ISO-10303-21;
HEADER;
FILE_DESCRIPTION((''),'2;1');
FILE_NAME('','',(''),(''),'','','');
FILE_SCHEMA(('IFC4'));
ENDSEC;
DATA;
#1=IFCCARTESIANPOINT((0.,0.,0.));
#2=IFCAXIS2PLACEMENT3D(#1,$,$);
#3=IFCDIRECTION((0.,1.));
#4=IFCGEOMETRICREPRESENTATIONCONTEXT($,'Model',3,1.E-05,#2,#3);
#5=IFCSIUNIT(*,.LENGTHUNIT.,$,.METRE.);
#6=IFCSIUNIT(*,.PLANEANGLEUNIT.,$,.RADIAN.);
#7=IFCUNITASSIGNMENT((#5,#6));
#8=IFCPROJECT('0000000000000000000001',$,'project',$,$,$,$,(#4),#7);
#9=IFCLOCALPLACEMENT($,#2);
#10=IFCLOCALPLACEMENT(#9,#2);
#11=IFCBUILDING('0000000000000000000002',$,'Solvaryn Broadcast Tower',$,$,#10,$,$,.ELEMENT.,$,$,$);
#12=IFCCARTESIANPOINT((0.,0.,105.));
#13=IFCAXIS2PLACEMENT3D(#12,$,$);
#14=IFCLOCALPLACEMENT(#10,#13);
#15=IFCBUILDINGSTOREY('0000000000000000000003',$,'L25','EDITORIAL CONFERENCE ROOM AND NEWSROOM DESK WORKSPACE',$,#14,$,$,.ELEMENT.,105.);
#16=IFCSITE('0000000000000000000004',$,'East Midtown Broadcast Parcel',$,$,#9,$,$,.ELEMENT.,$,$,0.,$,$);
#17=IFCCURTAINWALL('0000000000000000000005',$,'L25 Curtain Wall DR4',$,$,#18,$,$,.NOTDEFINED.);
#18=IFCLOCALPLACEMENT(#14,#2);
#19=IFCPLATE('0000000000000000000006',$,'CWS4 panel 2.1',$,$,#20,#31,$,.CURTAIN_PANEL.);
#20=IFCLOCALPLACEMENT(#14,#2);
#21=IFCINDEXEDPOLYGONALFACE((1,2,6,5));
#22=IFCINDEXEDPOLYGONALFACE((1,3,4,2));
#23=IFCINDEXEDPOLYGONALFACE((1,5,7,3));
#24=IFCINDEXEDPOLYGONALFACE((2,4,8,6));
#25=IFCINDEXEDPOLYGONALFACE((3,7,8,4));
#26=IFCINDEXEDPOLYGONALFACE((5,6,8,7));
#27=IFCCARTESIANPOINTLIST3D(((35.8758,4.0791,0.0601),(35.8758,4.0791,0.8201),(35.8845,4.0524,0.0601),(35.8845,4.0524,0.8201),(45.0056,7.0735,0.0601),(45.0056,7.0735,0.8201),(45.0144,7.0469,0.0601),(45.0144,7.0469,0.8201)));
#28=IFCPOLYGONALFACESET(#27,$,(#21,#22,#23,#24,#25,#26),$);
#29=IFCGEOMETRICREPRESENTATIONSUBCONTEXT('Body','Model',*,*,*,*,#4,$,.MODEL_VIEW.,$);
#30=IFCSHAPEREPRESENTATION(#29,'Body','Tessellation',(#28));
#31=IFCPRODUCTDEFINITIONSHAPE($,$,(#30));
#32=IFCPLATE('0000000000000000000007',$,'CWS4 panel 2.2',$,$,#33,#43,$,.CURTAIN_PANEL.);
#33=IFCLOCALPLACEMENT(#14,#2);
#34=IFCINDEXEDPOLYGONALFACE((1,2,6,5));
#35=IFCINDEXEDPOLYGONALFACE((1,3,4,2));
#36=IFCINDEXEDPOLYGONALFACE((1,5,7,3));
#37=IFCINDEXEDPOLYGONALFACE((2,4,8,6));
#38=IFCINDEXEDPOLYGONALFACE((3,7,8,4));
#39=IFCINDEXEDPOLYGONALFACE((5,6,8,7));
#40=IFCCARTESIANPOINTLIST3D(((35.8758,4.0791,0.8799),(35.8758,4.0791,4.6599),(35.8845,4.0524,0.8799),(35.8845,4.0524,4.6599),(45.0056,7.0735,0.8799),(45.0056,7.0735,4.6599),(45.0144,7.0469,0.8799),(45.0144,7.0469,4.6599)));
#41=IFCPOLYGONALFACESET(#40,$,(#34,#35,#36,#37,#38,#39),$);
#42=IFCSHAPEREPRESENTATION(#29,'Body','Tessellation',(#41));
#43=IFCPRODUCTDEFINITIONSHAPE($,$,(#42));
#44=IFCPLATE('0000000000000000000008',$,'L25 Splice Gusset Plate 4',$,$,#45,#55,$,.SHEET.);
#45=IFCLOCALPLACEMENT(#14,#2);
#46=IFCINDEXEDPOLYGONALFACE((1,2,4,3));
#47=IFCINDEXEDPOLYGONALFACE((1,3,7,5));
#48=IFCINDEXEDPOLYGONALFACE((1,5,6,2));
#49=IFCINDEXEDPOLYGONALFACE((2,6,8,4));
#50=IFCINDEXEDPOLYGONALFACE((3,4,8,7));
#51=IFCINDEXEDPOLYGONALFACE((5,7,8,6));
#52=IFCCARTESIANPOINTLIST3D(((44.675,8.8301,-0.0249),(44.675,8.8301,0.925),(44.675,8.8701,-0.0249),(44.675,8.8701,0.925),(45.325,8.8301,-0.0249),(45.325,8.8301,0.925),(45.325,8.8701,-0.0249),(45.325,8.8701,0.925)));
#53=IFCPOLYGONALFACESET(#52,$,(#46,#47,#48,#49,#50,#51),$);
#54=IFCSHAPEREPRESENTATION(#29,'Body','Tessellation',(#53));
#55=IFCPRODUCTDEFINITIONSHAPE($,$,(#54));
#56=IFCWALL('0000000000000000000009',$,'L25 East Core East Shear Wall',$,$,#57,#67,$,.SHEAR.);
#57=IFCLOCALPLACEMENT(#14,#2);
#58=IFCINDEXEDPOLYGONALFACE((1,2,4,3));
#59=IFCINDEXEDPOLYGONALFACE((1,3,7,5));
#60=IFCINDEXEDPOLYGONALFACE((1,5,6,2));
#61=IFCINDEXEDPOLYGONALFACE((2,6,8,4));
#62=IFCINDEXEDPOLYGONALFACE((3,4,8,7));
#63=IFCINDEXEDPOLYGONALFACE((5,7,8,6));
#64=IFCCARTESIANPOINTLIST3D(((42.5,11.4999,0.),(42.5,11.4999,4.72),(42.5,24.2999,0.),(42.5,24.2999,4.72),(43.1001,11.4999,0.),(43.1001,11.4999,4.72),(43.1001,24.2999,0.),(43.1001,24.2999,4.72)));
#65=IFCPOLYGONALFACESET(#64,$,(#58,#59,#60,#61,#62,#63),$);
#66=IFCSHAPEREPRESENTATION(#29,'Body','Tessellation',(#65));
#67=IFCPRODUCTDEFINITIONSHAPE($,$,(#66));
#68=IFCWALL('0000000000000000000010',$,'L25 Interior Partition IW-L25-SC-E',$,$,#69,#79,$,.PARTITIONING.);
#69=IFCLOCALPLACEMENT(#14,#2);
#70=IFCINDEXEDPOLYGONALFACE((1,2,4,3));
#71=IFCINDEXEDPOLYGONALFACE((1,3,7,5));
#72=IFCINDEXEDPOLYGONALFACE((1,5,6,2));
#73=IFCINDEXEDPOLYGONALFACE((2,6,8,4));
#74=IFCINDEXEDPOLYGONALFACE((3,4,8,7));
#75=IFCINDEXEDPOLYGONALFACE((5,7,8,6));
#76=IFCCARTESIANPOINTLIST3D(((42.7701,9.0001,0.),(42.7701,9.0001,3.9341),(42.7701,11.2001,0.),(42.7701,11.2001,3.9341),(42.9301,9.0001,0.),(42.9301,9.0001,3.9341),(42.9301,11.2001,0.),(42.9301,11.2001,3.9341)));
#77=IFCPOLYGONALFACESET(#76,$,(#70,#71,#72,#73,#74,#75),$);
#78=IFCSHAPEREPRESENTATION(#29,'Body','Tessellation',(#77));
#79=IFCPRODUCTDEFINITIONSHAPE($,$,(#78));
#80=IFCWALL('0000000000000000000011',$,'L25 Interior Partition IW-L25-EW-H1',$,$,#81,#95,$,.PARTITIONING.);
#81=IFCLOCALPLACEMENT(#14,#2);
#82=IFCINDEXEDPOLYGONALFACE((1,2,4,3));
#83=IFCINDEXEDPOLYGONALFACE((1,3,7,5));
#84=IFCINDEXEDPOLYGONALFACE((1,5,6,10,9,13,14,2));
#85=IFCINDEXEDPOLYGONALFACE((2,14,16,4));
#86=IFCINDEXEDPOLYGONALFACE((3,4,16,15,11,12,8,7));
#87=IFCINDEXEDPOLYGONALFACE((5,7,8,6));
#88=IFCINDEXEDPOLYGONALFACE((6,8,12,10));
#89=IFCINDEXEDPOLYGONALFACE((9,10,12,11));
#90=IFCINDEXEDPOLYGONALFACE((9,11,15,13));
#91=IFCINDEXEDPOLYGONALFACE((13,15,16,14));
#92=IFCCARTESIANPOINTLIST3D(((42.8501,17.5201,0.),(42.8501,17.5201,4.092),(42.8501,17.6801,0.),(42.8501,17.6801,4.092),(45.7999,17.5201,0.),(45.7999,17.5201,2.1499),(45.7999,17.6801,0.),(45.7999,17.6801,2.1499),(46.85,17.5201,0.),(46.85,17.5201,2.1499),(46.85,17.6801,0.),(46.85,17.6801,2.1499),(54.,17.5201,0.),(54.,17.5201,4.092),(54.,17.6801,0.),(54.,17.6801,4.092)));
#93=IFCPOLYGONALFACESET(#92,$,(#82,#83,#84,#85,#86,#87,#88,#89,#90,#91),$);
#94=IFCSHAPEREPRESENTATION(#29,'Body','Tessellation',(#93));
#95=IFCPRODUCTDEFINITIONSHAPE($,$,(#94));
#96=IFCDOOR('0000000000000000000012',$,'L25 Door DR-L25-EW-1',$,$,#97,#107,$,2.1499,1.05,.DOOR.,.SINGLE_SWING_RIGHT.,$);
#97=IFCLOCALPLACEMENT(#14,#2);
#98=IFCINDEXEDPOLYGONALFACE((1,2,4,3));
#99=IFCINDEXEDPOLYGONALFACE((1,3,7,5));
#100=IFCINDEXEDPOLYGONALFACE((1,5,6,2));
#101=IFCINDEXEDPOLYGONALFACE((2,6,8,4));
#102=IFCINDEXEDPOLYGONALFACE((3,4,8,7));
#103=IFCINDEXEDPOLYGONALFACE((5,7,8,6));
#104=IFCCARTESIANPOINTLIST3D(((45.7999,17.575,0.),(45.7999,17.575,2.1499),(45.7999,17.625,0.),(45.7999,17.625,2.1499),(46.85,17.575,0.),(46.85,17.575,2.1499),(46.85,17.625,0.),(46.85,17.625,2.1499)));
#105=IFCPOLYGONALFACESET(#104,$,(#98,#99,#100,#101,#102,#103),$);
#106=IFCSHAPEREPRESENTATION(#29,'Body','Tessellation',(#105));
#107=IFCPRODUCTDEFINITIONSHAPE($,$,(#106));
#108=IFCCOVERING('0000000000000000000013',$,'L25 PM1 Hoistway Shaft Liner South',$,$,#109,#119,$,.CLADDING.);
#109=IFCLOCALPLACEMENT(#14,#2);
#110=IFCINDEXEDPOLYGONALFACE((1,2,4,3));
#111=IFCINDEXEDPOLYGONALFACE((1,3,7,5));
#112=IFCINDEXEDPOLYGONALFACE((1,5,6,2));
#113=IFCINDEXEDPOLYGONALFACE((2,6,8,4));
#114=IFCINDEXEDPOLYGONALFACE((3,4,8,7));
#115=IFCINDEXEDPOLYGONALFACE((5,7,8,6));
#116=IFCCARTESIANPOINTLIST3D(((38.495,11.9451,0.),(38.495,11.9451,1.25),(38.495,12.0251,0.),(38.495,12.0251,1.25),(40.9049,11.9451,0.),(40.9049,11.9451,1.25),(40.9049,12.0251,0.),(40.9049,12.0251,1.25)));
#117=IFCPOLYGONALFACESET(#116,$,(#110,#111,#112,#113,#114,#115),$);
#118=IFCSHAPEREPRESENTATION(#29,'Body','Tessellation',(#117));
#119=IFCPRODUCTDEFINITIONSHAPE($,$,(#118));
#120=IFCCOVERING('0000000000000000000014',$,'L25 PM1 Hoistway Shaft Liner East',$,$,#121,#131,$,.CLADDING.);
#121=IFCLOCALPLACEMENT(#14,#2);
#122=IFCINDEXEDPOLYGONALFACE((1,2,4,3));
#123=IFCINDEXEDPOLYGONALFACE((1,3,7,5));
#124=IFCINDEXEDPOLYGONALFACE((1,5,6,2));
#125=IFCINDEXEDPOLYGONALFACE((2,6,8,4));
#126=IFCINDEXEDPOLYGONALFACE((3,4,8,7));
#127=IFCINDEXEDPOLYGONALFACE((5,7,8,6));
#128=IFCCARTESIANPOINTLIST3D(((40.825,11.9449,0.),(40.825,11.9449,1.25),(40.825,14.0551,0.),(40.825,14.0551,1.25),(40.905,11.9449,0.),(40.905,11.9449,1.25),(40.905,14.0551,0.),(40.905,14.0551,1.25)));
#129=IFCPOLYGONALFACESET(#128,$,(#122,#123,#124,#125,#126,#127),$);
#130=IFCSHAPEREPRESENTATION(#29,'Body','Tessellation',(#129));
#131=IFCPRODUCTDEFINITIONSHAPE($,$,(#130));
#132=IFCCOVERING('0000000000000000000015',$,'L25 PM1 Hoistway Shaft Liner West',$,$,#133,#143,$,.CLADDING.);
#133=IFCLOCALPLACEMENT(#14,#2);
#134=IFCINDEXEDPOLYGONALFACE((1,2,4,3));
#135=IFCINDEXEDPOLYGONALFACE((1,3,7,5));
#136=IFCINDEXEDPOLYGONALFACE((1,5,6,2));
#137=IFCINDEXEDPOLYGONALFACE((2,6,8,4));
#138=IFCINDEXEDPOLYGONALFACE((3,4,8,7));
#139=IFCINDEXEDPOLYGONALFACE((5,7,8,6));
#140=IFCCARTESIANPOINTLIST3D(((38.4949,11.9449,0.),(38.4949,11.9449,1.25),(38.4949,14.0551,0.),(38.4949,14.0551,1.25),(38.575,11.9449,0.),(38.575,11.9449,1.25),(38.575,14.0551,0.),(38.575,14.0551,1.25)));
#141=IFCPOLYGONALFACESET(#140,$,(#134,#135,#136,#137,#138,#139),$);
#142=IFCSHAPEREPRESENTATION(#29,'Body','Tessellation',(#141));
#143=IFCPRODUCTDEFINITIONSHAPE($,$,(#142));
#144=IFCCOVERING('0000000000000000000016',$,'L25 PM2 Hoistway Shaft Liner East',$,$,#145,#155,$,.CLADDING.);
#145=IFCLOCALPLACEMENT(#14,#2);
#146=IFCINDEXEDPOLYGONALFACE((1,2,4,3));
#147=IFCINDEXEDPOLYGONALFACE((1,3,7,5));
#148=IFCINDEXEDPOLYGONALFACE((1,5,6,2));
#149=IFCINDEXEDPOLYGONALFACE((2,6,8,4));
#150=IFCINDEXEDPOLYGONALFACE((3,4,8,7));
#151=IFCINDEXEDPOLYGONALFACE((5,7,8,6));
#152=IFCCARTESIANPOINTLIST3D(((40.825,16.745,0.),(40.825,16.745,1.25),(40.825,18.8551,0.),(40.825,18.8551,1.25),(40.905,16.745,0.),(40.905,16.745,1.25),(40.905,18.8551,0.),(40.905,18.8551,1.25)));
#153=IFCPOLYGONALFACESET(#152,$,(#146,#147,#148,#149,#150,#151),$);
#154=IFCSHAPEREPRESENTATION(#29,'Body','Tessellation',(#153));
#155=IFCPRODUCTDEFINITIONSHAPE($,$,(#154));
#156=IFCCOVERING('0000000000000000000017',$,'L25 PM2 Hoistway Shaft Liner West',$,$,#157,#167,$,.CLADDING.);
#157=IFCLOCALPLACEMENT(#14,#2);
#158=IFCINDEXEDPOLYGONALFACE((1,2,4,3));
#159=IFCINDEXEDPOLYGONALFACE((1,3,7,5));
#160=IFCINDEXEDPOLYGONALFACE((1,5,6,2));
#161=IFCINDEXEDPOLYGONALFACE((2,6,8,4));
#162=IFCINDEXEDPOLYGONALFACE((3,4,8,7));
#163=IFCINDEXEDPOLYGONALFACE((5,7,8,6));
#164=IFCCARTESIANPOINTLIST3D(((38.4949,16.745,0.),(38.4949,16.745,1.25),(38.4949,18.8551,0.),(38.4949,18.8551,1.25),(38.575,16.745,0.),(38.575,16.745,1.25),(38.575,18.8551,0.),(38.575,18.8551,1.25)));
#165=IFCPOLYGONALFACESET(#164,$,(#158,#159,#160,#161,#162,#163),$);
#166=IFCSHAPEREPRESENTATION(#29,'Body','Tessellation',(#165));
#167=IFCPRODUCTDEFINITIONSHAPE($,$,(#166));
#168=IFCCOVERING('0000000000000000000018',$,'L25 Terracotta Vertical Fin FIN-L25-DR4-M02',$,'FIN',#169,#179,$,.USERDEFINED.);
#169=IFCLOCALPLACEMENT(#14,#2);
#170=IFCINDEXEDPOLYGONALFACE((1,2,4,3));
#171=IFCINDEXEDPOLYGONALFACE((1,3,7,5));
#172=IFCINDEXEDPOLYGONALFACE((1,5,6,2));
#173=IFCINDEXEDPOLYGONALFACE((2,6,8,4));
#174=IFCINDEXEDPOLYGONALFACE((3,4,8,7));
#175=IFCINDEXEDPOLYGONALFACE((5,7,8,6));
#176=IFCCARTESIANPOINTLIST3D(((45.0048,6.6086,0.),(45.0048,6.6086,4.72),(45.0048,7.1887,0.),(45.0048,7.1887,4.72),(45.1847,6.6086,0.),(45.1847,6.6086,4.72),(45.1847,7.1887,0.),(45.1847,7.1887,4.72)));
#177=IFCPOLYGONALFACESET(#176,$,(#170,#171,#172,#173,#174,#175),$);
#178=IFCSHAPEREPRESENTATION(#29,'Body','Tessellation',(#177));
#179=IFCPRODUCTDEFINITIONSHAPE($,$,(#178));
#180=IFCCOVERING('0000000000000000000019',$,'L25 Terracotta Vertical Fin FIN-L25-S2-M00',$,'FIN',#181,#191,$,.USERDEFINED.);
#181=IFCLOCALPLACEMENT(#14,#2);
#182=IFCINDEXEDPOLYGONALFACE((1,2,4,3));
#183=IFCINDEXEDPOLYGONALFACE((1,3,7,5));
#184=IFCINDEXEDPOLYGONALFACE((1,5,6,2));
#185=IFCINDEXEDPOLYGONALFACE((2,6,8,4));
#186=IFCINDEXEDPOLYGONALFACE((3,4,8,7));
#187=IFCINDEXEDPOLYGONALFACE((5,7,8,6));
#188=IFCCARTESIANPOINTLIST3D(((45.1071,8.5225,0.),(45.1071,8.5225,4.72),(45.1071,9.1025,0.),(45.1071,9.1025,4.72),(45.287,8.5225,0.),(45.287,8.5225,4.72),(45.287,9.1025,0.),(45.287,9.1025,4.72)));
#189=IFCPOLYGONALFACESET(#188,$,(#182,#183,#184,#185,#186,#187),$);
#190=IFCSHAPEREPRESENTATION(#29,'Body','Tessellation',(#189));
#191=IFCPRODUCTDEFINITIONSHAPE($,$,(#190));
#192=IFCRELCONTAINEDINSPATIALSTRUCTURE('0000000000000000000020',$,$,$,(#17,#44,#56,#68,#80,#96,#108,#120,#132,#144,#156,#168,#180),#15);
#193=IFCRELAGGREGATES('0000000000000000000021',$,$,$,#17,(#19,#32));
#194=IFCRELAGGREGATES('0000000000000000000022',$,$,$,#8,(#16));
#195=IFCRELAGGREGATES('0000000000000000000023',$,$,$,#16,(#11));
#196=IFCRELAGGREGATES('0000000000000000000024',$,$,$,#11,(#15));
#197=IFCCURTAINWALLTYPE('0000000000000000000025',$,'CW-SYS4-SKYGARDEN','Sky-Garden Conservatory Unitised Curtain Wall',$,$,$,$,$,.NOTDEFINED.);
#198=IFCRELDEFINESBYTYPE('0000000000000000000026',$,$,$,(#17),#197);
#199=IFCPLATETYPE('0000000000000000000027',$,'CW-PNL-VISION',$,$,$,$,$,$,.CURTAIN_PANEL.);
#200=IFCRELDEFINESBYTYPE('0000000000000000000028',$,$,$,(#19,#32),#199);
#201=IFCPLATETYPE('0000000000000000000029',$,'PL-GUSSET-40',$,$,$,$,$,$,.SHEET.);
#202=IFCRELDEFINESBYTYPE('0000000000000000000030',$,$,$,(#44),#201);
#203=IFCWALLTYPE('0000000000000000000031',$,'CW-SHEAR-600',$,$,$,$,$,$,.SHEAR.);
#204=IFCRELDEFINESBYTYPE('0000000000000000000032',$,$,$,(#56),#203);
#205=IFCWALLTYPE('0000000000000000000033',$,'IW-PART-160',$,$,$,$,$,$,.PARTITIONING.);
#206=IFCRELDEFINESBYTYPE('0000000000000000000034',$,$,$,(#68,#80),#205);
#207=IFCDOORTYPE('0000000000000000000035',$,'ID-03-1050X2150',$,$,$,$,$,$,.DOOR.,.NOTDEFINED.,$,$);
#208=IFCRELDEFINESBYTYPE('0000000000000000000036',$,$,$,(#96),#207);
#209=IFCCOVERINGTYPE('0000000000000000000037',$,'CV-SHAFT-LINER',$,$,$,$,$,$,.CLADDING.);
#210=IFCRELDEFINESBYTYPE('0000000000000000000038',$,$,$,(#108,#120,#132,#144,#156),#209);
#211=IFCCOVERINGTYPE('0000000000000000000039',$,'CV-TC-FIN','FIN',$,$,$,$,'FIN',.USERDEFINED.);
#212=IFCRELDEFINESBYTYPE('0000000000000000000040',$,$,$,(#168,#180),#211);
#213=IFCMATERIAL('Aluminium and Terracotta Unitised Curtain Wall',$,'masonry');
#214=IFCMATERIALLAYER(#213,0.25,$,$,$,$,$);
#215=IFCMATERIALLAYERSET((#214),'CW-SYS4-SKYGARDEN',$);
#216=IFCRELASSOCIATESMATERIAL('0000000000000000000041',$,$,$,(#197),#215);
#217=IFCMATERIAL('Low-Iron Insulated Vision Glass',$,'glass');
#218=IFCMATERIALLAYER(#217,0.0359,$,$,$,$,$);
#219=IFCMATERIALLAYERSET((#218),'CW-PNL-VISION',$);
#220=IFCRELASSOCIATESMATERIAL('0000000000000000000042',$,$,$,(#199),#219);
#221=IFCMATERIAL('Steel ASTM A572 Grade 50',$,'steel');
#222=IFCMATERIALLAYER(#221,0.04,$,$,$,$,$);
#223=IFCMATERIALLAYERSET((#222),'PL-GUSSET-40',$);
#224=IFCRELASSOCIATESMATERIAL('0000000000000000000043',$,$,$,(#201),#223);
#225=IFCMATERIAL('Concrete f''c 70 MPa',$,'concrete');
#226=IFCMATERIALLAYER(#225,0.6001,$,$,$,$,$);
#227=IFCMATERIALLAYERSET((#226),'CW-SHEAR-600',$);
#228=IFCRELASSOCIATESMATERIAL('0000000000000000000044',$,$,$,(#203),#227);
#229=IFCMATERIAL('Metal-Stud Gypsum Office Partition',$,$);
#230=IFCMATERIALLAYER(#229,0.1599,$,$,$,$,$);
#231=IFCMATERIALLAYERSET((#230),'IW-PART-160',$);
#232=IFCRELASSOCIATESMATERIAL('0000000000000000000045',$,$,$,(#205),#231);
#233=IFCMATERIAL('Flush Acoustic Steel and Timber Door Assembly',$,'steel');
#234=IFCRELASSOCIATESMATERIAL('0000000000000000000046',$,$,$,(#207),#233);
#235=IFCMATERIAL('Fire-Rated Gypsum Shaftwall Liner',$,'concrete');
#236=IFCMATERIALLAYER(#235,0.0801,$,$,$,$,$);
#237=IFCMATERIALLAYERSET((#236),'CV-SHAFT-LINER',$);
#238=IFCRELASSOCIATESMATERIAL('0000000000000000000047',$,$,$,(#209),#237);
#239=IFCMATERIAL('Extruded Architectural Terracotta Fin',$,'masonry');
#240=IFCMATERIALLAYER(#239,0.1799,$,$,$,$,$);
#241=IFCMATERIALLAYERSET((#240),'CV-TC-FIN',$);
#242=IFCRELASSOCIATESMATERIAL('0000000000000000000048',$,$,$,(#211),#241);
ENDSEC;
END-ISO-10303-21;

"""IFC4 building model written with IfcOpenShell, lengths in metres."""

from ifc_helpers import new_model, si_unit, direction, frame, frame_2d, origin, origin_2d, place, context, subcontext, project, spatial, rectangle, extrude, material, layer, layer_set, type_object, element, fill, aggregate, save


model = new_model("IFC4")

# Units and contexts
model_context = context("Model", 3, precision=1e-05, world=origin(), true_north=direction((0.0, 1.0)))
body_context = subcontext(model_context, "Body", "Model", "MODEL_VIEW")
ifc_project = project(units=[si_unit("LENGTHUNIT", "METRE"), si_unit("PLANEANGLEUNIT", "RADIAN")], contexts=[model_context])

# Site, building, storey
site_placement = place(None, origin())
site = spatial("IfcSite", under=ifc_project, at=site_placement, Name="East Midtown Broadcast Parcel", CompositionType="ELEMENT", RefElevation=0.0)
building_placement = place(site_placement, origin())
building = spatial("IfcBuilding", under=site, at=building_placement, Name="Solvaryn Broadcast Tower", CompositionType="ELEMENT")
storey_placement = place(building_placement, frame((0.0, 0.0, 105.0)))
storey = spatial("IfcBuildingStorey", under=building, at=storey_placement, Name="L25", Description="EDITORIAL CONFERENCE ROOM AND NEWSROOM DESK WORKSPACE", CompositionType="ELEMENT", Elevation=105.0)

# Curtain wall
ifc_material_1 = material(Name="Aluminium and Terracotta Unitised Curtain Wall", Category="masonry")
ifc_layer_1 = layer(ifc_material_1, 0.25)
ifc_layer_set_1 = layer_set([ifc_layer_1], Name="CW-SYS4-SKYGARDEN")
curtain_wall_type = type_object("IfcCurtainWallType", Name="CW-SYS4-SKYGARDEN", Description="Sky-Garden Conservatory Unitised Curtain Wall", PredefinedType="NOTDEFINED", material=ifc_layer_set_1)
curtain_wall_1_placement = place(storey_placement, origin())
curtain_wall_1 = element("IfcCurtainWall", 1, at=curtain_wall_1_placement, inside=storey, type_object=curtain_wall_type, Name="L25 Curtain Wall DR4", PredefinedType="NOTDEFINED")

# Plates
ifc_material_2 = material(Name="Low-Iron Insulated Vision Glass", Category="glass")
ifc_layer_2 = layer(ifc_material_2, 0.0359)
ifc_layer_set_2 = layer_set([ifc_layer_2], Name="CW-PNL-VISION")
plate_type_1 = type_object("IfcPlateType", Name="CW-PNL-VISION", PredefinedType="CURTAIN_PANEL", material=ifc_layer_set_2)
plate_1_placement = place(storey_placement, frame((40.4451, 5.563, 0.0601), z_axis=(0.0, 0.0, 1.0), x_axis=(0.950198, 0.311646, 0.0)))
plate_1 = element("IfcPlate", 2, at=plate_1_placement, type_object=plate_type_1, Name="CWS4 panel 2.1", PredefinedType="CURTAIN_PANEL", context=body_context, shape_type="SweptSolid", body=[
    extrude(rectangle(XDim=9.6084, YDim=0.0281, at=origin_2d()), origin(), (0.0, 0.0, 1.0), 0.76),
])
plate_2_placement = place(storey_placement, frame((40.4451, 5.563, 0.8799), z_axis=(0.0, 0.0, 1.0), x_axis=(0.950198, 0.311646, 0.0)))
plate_2 = element("IfcPlate", 3, at=plate_2_placement, type_object=plate_type_1, Name="CWS4 panel 2.2", PredefinedType="CURTAIN_PANEL", context=body_context, shape_type="SweptSolid", body=[
    extrude(rectangle(XDim=9.6084, YDim=0.0281, at=origin_2d()), origin(), (0.0, 0.0, 1.0), 3.78),
])
aggregate(curtain_wall_1, [plate_1, plate_2])
ifc_material_3 = material(Name="Steel ASTM A572 Grade 50", Category="steel")
ifc_layer_3 = layer(ifc_material_3, 0.04)
ifc_layer_set_3 = layer_set([ifc_layer_3], Name="PL-GUSSET-40")
plate_type_2 = type_object("IfcPlateType", Name="PL-GUSSET-40", PredefinedType="SHEET", material=ifc_layer_set_3)
plate_3_placement = place(storey_placement, frame((45.0, 8.8501, -0.0249), z_axis=(0.0, 0.0, 1.0), x_axis=(1.0, 0.0, 0.0)))
element("IfcPlate", 4, at=plate_3_placement, inside=storey, type_object=plate_type_2, Name="L25 Splice Gusset Plate 4", PredefinedType="SHEET", context=body_context, shape_type="SweptSolid", body=[
    extrude(rectangle(XDim=0.6499, YDim=0.04, at=origin_2d()), origin(), (0.0, 0.0, 1.0), 0.95),
])

# Walls
ifc_material_4 = material(Name="Concrete f'c 70 MPa", Category="concrete")
ifc_layer_4 = layer(ifc_material_4, 0.6001)
ifc_layer_set_4 = layer_set([ifc_layer_4], Name="CW-SHEAR-600")
wall_type_1 = type_object("IfcWallType", Name="CW-SHEAR-600", PredefinedType="SHEAR", material=ifc_layer_set_4)
wall_1_placement = place(storey_placement, frame((42.8, 11.5, 0.0), z_axis=(0.0, 0.0, 1.0), x_axis=(0.0, 1.0, 0.0)))
element("IfcWall", 5, at=wall_1_placement, inside=storey, type_object=wall_type_1, Name="L25 East Core East Shear Wall", PredefinedType="SHEAR", context=body_context, shape_type="SweptSolid", body=[
    extrude(rectangle(XDim=12.8, YDim=0.6001, at=frame_2d((6.3999, 0.0))), origin(), (0.0, 0.0, 1.0), 4.72),
])
ifc_material_5 = material(Name="Metal-Stud Gypsum Office Partition")
ifc_layer_5 = layer(ifc_material_5, 0.1599)
ifc_layer_set_5 = layer_set([ifc_layer_5], Name="IW-PART-160")
wall_type_2 = type_object("IfcWallType", Name="IW-PART-160", PredefinedType="PARTITIONING", material=ifc_layer_set_5)
wall_2_placement = place(storey_placement, frame((42.8501, 9.0, 0.0), z_axis=(0.0, 0.0, 1.0), x_axis=(0.0, 1.0, 0.0)))
element("IfcWall", 6, at=wall_2_placement, inside=storey, type_object=wall_type_2, Name="L25 Interior Partition IW-L25-SC-E", PredefinedType="PARTITIONING", context=body_context, shape_type="SweptSolid", body=[
    extrude(rectangle(XDim=2.2, YDim=0.1599, at=frame_2d((1.1001, 0.0))), origin(), (0.0, 0.0, 1.0), 3.9341),
])

# Wall, opening, door
wall_3_placement = place(storey_placement, frame((42.8501, 17.6001, 0.0), z_axis=(0.0, 0.0, 1.0), x_axis=(1.0, 0.0, 0.0)))
wall_3 = element("IfcWall", 7, at=wall_3_placement, inside=storey, type_object=wall_type_2, Name="L25 Interior Partition IW-L25-EW-H1", PredefinedType="PARTITIONING", context=body_context, shape_type="SweptSolid", body=[
    extrude(rectangle(XDim=11.1499, YDim=0.1599, at=frame_2d((5.575, 0.0))), origin(), (0.0, 0.0, 1.0), 4.092),
])
opening_1_placement = place(wall_3_placement, frame((2.95, 0.0, 0.0)))
opening_1 = element("IfcOpeningElement", 8, at=opening_1_placement, cuts=wall_3, PredefinedType="OPENING", context=body_context, shape_type="SweptSolid", body=[
    extrude(rectangle(XDim=1.05, YDim=2.1499, at=frame_2d((0.5249, 1.075))), frame((0.0, 0.0901, 0.0), z_axis=(0.0, -1.0, 0.0), x_axis=(1.0, 0.0, 0.0)), (0.0, 0.0, 1.0), 0.1799),
])
ifc_material_6 = material(Name="Flush Acoustic Steel and Timber Door Assembly", Category="steel")
door_type_1 = type_object("IfcDoorType", Name="ID-03-1050X2150", OperationType="NOTDEFINED", PredefinedType="DOOR", material=ifc_material_6)
door_1_placement = place(opening_1_placement, origin())
door_1 = element("IfcDoor", 9, at=door_1_placement, inside=storey, type_object=door_type_1, Name="L25 Door DR-L25-EW-1", OperationType="SINGLE_SWING_RIGHT", OverallHeight=2.1499, OverallWidth=1.05, PredefinedType="DOOR", context=body_context, shape_type="SweptSolid", body=[
    extrude(rectangle(XDim=1.05, YDim=2.1499, at=frame_2d((0.5249, 1.075))), frame((0.0, 0.0249, 0.0), z_axis=(0.0, -1.0, 0.0), x_axis=(1.0, 0.0, 0.0)), (0.0, 0.0, 1.0), 0.05),
])
fill(opening_1, door_1)

# Coverings
ifc_material_7 = material(Name="Fire-Rated Gypsum Shaftwall Liner", Category="concrete")
ifc_layer_6 = layer(ifc_material_7, 0.0801)
ifc_layer_set_6 = layer_set([ifc_layer_6], Name="CV-SHAFT-LINER")
covering_type_1 = type_object("IfcCoveringType", Name="CV-SHAFT-LINER", PredefinedType="CLADDING", material=ifc_layer_set_6)
covering_placement = place(storey_placement, frame((39.7, 11.9851, 0.0), z_axis=(0.0, 0.0, 1.0), x_axis=(1.0, 0.0, 0.0)))
element("IfcCovering", 10, at=covering_placement, inside=storey, type_object=covering_type_1, Name="L25 PM1 Hoistway Shaft Liner South", PredefinedType="CLADDING", context=body_context, shape_type="SweptSolid", body=[
    extrude(rectangle(XDim=2.4099, YDim=0.0801, at=origin_2d()), origin(), (0.0, 0.0, 1.0), 1.25),
])
for number, where, z_axis, x_axis, name in (
    (11, (40.865, 13.0, 0.0), (0.0, 0.0, 1.0), (1.0, 0.0, 0.0), "L25 PM1 Hoistway Shaft Liner East"),
    (12, (38.5349, 13.0, 0.0), (0.0, 0.0, 1.0), (1.0, 0.0, 0.0), "L25 PM1 Hoistway Shaft Liner West"),
    (13, (40.865, 17.8, 0.0), (0.0, 0.0, 1.0), (1.0, 0.0, 0.0), "L25 PM2 Hoistway Shaft Liner East"),
    (14, (38.5349, 17.8, 0.0), (0.0, 0.0, 1.0), (1.0, 0.0, 0.0), "L25 PM2 Hoistway Shaft Liner West"),
):
    element("IfcCovering", number, at=place(storey_placement, frame(where, z_axis=z_axis, x_axis=x_axis)), inside=storey, type_object=covering_type_1, Name=name, PredefinedType="CLADDING", context=body_context, shape_type="SweptSolid", body=[
        extrude(rectangle(XDim=0.0801, YDim=2.1101, at=origin_2d()), origin(), (0.0, 0.0, 1.0), 1.25),
    ])
ifc_material_8 = material(Name="Extruded Architectural Terracotta Fin", Category="masonry")
ifc_layer_7 = layer(ifc_material_8, 0.1799)
ifc_layer_set_7 = layer_set([ifc_layer_7], Name="CV-TC-FIN")
covering_type_2 = type_object("IfcCoveringType", Name="CV-TC-FIN", Description="FIN", ElementType="FIN", PredefinedType="USERDEFINED", material=ifc_layer_set_7)
for number, where, z_axis, x_axis, name in (
    (15, (45.0947, 6.8987, 0.0), (0.0, 0.0, 1.0), (1.0, 0.0, 0.0), "L25 Terracotta Vertical Fin FIN-L25-DR4-M02"),
    (16, (45.197, 8.8125, 0.0), (0.0, 0.0, 1.0), (1.0, 0.0, 0.0), "L25 Terracotta Vertical Fin FIN-L25-S2-M00"),
):
    element("IfcCovering", number, at=place(storey_placement, frame(where, z_axis=z_axis, x_axis=x_axis)), inside=storey, type_object=covering_type_2, Name=name, ObjectType="FIN", PredefinedType="USERDEFINED", context=body_context, shape_type="SweptSolid", body=[
        extrude(rectangle(XDim=0.1799, YDim=0.5801, at=origin_2d()), origin(), (0.0, 0.0, 1.0), 4.72),
    ])

save(model, "model.ifc")
